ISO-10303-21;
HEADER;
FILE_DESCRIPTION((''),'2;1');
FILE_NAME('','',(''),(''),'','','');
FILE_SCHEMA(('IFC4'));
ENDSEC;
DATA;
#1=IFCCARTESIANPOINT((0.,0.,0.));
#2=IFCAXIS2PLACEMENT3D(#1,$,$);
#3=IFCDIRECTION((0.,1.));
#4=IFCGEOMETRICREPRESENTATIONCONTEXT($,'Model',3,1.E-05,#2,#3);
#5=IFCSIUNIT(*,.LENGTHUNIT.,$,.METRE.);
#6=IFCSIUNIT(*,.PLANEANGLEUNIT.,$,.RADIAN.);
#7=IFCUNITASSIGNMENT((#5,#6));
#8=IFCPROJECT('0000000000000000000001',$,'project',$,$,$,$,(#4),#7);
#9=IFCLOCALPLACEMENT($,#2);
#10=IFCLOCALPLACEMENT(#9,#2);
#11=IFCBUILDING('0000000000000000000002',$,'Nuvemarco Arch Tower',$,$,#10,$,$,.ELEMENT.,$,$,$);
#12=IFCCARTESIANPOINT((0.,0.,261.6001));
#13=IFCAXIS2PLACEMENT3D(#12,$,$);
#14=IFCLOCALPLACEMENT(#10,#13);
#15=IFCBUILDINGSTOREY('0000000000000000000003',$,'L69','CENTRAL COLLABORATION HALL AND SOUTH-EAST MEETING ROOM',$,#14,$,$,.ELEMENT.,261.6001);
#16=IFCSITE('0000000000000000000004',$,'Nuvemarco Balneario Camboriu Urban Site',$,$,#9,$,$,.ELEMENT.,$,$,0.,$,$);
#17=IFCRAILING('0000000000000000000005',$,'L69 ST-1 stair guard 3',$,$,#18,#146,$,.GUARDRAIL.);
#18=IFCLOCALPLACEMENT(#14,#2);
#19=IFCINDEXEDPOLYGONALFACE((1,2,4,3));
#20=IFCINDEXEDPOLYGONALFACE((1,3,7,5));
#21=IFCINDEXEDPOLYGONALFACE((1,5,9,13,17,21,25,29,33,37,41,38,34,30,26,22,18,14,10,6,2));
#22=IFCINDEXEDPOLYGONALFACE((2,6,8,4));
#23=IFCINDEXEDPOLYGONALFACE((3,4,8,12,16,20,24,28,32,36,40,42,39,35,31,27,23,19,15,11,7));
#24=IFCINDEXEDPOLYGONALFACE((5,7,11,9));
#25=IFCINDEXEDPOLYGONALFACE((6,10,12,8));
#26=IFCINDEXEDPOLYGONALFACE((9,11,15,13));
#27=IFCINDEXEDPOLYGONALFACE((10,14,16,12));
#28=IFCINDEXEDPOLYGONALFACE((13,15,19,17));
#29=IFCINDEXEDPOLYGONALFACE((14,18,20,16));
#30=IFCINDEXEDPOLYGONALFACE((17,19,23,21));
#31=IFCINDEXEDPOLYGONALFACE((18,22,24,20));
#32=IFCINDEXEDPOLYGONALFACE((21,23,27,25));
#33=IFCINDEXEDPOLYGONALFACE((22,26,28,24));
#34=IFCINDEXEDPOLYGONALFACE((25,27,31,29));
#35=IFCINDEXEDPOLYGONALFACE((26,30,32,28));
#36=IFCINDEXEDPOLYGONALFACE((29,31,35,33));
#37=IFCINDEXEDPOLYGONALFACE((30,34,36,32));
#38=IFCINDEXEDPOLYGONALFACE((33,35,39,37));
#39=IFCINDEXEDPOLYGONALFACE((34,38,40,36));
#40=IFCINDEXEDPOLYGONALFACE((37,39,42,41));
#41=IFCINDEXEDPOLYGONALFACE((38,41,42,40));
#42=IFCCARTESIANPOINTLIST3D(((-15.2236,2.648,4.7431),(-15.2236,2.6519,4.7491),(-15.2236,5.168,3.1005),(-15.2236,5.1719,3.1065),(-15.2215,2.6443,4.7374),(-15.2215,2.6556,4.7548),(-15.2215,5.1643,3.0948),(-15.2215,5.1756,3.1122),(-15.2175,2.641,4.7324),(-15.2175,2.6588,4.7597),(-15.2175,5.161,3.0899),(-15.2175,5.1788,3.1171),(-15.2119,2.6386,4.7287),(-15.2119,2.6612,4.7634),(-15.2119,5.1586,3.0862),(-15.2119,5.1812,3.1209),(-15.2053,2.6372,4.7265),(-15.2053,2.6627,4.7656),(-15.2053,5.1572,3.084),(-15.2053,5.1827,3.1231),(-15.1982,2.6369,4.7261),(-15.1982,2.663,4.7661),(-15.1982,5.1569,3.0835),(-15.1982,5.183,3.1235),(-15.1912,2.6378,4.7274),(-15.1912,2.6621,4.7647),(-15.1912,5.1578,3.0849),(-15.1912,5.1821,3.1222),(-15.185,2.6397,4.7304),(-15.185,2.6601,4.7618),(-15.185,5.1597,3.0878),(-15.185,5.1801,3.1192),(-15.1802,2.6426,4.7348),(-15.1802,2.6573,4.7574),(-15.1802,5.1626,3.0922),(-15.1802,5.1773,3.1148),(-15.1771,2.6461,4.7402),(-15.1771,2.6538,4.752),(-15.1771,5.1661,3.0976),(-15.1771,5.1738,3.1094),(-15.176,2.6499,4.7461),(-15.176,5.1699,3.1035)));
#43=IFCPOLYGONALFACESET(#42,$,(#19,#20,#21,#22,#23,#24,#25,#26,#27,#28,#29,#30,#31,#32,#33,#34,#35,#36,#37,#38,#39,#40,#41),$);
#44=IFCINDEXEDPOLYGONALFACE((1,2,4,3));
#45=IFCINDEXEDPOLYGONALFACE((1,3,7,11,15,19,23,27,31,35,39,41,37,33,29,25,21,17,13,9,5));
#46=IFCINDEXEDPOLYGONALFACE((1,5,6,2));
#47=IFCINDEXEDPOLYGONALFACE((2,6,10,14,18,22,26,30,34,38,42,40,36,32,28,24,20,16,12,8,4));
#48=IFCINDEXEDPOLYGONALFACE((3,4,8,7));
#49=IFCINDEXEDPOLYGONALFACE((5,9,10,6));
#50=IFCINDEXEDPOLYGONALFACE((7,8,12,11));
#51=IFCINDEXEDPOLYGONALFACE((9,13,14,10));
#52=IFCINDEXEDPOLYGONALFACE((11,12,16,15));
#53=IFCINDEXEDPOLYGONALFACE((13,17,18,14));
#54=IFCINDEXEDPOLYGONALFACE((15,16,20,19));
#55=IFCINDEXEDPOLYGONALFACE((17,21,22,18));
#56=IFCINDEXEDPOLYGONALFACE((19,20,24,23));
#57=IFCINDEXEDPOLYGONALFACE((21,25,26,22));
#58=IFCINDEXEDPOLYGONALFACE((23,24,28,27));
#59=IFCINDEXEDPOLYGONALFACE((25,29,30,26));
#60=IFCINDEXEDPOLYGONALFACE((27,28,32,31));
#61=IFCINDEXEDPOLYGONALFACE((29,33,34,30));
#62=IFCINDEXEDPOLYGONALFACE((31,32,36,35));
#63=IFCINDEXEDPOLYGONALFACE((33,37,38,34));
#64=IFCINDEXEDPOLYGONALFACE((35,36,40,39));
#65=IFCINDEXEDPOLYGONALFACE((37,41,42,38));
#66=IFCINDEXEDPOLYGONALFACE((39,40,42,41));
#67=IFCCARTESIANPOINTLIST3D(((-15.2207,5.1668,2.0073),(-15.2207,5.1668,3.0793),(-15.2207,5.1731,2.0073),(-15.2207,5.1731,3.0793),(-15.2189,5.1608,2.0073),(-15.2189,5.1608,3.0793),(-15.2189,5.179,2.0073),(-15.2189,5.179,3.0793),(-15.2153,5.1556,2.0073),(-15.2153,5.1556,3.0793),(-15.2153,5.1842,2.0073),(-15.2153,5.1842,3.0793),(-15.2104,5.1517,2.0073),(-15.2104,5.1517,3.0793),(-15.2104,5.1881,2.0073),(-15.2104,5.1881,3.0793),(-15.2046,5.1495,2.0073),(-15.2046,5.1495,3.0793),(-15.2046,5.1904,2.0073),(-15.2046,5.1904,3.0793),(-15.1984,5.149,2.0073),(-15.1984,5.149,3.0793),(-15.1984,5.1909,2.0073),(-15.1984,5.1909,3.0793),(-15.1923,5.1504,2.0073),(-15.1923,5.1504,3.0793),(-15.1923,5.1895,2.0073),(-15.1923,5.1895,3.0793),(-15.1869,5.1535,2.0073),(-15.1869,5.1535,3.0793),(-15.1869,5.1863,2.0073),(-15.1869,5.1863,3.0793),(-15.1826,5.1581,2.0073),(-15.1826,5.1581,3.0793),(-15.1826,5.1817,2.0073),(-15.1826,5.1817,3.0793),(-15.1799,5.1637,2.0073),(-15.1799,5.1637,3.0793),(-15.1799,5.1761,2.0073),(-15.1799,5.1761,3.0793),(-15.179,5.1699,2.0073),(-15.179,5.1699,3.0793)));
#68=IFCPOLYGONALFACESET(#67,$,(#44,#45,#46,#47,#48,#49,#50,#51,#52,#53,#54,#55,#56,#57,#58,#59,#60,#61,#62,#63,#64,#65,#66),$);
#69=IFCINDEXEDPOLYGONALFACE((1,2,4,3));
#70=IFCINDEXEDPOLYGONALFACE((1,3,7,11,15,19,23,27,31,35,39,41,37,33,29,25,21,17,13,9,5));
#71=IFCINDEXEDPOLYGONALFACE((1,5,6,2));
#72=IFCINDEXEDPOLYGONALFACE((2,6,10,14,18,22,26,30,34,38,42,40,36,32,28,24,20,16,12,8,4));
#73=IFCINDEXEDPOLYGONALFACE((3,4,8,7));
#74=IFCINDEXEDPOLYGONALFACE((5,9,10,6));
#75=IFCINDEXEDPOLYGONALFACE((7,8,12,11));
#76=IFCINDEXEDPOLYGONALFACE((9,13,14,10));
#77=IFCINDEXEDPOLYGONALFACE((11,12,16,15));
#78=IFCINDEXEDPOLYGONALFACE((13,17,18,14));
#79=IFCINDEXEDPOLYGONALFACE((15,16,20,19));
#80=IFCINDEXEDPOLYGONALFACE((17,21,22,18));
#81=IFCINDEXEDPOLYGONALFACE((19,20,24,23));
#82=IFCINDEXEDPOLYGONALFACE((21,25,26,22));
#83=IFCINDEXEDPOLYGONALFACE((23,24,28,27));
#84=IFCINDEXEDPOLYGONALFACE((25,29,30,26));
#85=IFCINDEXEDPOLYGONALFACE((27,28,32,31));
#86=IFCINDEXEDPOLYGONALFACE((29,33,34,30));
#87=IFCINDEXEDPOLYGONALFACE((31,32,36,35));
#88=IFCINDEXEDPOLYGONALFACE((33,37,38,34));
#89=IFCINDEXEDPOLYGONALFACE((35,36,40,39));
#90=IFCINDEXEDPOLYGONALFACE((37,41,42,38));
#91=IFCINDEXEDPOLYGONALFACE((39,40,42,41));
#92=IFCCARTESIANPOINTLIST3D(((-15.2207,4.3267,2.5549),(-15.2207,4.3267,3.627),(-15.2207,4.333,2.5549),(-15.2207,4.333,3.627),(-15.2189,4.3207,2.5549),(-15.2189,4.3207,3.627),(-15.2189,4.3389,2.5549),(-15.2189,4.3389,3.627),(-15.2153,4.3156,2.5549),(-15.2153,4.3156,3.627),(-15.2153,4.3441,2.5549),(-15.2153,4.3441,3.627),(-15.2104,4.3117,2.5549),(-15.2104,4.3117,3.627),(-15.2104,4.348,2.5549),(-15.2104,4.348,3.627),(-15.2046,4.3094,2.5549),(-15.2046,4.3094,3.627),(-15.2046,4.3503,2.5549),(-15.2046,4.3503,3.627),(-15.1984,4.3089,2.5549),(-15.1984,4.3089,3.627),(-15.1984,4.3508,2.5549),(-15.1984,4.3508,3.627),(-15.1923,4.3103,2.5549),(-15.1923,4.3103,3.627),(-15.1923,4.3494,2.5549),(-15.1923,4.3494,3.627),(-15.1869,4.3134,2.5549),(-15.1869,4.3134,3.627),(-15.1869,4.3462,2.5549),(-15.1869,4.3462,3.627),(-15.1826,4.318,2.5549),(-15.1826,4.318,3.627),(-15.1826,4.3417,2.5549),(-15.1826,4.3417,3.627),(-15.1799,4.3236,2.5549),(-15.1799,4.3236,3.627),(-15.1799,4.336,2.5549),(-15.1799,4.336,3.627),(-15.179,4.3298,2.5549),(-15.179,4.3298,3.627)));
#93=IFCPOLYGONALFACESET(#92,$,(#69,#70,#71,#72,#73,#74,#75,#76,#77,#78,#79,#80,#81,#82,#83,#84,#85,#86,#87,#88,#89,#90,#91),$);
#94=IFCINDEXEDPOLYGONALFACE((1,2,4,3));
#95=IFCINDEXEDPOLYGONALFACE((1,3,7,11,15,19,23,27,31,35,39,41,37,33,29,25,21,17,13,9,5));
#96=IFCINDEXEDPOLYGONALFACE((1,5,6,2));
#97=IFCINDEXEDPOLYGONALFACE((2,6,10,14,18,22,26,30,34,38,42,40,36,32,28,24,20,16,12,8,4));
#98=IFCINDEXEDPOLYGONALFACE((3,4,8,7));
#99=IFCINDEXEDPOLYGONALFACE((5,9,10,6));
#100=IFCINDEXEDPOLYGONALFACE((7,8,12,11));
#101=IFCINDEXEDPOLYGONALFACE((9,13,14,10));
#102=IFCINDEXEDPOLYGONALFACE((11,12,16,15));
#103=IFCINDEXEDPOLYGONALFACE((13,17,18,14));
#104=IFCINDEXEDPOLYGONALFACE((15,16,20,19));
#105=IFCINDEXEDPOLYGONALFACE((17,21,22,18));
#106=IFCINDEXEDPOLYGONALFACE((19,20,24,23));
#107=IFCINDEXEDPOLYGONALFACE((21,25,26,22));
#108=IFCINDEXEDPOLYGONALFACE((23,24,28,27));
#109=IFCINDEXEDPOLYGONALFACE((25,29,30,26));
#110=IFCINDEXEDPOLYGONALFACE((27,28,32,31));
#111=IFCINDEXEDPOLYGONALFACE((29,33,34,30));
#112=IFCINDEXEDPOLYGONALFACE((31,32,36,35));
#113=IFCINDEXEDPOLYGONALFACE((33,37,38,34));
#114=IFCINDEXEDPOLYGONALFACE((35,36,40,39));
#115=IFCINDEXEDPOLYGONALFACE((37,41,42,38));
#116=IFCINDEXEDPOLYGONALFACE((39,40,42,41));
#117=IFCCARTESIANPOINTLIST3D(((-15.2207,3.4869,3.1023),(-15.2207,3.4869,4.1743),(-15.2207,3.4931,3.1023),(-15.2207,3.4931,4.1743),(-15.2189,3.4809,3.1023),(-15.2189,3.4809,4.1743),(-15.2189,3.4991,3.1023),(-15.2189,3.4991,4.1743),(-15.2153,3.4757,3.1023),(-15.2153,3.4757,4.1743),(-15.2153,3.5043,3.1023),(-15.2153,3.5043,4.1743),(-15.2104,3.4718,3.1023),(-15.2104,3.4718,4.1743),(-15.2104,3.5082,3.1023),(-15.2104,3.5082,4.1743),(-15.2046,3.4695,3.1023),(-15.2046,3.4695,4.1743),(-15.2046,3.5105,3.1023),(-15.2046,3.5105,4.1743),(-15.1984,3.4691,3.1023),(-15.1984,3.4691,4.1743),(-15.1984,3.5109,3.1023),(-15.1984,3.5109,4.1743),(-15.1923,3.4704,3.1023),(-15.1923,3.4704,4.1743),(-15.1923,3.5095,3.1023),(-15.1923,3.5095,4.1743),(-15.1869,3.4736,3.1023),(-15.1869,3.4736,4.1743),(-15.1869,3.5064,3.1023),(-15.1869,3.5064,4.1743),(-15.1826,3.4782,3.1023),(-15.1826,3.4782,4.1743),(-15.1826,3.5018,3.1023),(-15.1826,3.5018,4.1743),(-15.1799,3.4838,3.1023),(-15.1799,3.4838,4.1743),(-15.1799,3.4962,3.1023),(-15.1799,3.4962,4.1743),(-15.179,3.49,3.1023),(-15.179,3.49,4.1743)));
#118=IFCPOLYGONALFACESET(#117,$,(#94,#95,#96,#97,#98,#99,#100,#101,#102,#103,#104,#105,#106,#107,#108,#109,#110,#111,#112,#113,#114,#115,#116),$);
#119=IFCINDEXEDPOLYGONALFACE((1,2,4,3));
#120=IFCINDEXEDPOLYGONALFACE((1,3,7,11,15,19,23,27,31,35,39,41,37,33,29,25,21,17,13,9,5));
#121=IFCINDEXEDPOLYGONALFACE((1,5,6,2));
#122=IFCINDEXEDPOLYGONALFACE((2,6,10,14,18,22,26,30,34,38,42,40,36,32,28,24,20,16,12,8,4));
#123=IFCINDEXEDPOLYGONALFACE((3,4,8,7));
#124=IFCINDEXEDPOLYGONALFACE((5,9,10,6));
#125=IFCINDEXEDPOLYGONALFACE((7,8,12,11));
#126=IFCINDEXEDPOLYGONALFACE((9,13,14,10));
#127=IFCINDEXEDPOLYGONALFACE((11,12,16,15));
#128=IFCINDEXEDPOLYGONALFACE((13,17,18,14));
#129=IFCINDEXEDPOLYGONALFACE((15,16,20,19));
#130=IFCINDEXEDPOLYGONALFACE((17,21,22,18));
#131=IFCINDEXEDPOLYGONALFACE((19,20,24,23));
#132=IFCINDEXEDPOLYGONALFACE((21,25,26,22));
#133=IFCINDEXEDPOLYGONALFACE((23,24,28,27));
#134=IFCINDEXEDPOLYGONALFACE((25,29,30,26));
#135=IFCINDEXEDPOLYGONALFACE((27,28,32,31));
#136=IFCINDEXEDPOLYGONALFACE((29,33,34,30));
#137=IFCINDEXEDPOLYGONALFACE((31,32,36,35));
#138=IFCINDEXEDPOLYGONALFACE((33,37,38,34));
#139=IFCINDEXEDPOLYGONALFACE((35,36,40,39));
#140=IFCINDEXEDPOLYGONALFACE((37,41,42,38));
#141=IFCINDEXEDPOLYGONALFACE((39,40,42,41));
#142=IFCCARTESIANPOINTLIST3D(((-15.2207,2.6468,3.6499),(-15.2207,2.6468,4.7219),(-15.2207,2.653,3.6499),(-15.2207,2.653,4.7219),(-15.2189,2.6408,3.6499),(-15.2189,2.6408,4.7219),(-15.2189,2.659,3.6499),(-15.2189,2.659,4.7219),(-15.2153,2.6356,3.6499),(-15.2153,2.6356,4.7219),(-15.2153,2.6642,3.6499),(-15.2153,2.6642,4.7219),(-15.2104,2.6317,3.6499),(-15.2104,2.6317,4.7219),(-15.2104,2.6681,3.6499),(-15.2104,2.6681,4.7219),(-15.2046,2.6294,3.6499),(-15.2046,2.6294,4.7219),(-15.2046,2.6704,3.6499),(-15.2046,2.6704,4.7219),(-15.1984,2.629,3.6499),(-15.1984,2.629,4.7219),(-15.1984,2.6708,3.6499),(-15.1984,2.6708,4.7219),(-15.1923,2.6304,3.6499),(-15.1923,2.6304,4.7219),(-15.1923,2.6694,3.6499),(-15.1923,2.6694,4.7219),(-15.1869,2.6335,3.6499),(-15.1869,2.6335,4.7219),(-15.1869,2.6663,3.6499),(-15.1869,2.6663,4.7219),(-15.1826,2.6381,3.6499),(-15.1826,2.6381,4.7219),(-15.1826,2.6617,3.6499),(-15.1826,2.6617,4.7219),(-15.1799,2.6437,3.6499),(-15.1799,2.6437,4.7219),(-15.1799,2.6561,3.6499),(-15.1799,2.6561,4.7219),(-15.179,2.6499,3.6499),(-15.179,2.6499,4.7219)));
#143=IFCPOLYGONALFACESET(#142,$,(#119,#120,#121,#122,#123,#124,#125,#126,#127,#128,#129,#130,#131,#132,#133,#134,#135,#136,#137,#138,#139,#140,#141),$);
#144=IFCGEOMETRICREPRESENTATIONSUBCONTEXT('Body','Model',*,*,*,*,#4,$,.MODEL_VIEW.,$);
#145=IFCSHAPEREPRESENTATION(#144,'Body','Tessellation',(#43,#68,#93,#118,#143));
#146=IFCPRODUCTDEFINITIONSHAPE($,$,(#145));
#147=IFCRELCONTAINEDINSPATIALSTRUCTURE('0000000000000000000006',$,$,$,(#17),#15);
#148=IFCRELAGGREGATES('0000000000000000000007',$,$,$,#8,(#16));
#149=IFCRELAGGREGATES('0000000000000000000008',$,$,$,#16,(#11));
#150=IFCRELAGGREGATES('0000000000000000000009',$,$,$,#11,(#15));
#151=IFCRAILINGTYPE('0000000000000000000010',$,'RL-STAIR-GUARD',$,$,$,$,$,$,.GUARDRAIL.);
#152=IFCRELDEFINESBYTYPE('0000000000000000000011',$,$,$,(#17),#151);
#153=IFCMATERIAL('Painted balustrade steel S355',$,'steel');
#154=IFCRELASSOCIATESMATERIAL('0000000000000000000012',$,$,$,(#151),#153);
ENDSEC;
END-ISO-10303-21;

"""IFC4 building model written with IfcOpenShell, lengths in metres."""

from ifc_helpers import new_model, si_unit, direction, frame, origin, origin_2d, place, context, subcontext, project, spatial, circle, extrude, material, type_object, element, save


model = new_model("IFC4")

# Units and contexts
model_context = context("Model", 3, precision=1e-05, world=origin(), true_north=direction((0.0, 1.0)))
body_context = subcontext(model_context, "Body", "Model", "MODEL_VIEW")
ifc_project = project(units=[si_unit("LENGTHUNIT", "METRE"), si_unit("PLANEANGLEUNIT", "RADIAN")], contexts=[model_context])

# Site, building, storey
site_placement = place(None, origin())
site = spatial("IfcSite", under=ifc_project, at=site_placement, Name="Nuvemarco Balneario Camboriu Urban Site", CompositionType="ELEMENT", RefElevation=0.0)
building_placement = place(site_placement, origin())
building = spatial("IfcBuilding", under=site, at=building_placement, Name="Nuvemarco Arch Tower", CompositionType="ELEMENT")
storey_placement = place(building_placement, frame((0.0, 0.0, 261.6001)))
storey = spatial("IfcBuildingStorey", under=building, at=storey_placement, Name="L69", Description="CENTRAL COLLABORATION HALL AND SOUTH-EAST MEETING ROOM", CompositionType="ELEMENT", Elevation=261.6001)

# Railing
ifc_material_1 = material(Name="Painted balustrade steel S355", Category="steel")
railing_type_1 = type_object("IfcRailingType", Name="RL-STAIR-GUARD", PredefinedType="GUARDRAIL", material=ifc_material_1)
railing_1_placement = place(storey_placement, frame((-15.2, 5.1699, 2.0073)))
element("IfcRailing", 1, at=railing_1_placement, inside=storey, type_object=railing_type_1, Name="L69 ST-1 stair guard 3", PredefinedType="GUARDRAIL", context=body_context, shape_type="SweptSolid", body=[
    extrude(circle(Radius=0.0239, at=origin_2d()), frame((0.0, 0.0, 1.0962), z_axis=(0.0, -0.837749, 0.546055), x_axis=(1.0, 0.0, 0.0)), (0.0, 0.0, 1.0), 3.0081),
    extrude(circle(Radius=0.021, at=origin_2d()), origin(), (0.0, 0.0, 1.0), 1.072),
    extrude(circle(Radius=0.021, at=origin_2d()), frame((0.0, -0.8401, 0.5476)), (0.0, 0.0, 1.0), 1.072),
    extrude(circle(Radius=0.021, at=origin_2d()), frame((0.0, -1.6799, 1.095)), (0.0, 0.0, 1.0), 1.072),
    extrude(circle(Radius=0.021, at=origin_2d()), frame((0.0, -2.52, 1.6426)), (0.0, 0.0, 1.0), 1.072),
])

save(model, "model.ifc")
